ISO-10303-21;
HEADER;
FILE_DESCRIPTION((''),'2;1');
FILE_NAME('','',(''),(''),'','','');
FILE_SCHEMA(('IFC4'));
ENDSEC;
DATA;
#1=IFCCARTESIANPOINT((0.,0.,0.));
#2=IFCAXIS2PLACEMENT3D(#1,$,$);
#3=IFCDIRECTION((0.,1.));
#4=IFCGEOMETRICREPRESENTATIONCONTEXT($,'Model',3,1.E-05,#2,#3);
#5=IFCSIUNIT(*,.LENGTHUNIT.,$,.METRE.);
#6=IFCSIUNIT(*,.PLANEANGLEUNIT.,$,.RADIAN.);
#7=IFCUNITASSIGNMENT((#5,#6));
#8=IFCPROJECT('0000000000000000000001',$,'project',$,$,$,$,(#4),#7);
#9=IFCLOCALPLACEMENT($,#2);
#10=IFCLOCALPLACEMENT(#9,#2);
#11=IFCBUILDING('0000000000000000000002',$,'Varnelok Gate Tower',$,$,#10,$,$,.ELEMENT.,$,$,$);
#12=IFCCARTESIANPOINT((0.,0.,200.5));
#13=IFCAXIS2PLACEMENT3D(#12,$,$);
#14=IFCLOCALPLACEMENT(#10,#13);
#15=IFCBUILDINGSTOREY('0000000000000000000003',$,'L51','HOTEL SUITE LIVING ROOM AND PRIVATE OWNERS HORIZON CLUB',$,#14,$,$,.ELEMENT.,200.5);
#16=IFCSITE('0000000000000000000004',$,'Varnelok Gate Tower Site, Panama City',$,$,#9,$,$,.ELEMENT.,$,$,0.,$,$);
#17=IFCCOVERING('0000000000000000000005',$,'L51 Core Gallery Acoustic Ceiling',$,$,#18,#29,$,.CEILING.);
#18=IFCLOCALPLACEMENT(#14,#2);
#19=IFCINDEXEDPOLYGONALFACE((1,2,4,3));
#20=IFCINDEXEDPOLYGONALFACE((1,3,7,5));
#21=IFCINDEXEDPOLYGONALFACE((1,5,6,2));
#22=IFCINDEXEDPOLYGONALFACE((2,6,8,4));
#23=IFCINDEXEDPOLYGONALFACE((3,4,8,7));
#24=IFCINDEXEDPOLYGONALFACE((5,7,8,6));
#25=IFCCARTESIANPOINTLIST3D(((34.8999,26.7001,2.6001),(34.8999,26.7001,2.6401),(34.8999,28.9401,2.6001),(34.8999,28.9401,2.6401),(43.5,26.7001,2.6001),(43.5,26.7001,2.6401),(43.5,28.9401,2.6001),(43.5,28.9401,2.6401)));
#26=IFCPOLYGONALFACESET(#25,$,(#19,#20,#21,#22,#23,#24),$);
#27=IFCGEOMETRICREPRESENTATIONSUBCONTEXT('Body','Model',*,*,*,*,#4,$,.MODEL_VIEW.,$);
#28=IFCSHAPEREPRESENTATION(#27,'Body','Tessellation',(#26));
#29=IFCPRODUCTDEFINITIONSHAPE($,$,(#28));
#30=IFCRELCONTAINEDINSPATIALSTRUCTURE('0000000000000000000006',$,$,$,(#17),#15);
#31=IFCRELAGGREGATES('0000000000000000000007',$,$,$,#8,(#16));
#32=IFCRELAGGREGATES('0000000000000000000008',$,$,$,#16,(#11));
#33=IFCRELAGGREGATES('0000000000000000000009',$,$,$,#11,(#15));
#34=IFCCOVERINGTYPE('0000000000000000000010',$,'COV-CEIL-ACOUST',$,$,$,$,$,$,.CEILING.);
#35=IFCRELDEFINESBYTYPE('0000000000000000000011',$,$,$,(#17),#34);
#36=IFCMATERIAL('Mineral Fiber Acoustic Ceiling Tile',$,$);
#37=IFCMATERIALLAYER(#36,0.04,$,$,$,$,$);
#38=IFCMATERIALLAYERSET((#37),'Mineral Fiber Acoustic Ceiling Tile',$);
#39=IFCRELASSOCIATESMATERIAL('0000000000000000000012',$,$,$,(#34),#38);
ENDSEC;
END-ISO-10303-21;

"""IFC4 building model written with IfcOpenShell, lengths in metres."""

from ifc_helpers import new_model, si_unit, direction, frame, origin, origin_2d, place, context, subcontext, project, spatial, rectangle, extrude, source, transform, mapped, material, layer, layer_set, type_object, element, save


model = new_model("IFC4")

# Units and contexts
model_context = context("Model", 3, precision=1e-05, world=origin(), true_north=direction((0.0, 1.0)))
body_context = subcontext(model_context, "Body", "Model", "MODEL_VIEW")
ifc_project = project(units=[si_unit("LENGTHUNIT", "METRE"), si_unit("PLANEANGLEUNIT", "RADIAN")], contexts=[model_context])

# Site, building, storey
site_placement = place(None, origin())
site = spatial("IfcSite", under=ifc_project, at=site_placement, Name="Varnelok Gate Tower Site, Panama City", CompositionType="ELEMENT", RefElevation=0.0)
building_placement = place(site_placement, origin())
building = spatial("IfcBuilding", under=site, at=building_placement, Name="Varnelok Gate Tower", CompositionType="ELEMENT")
storey_placement = place(building_placement, frame((0.0, 0.0, 200.5)))
storey = spatial("IfcBuildingStorey", under=building, at=storey_placement, Name="L51", Description="HOTEL SUITE LIVING ROOM AND PRIVATE OWNERS HORIZON CLUB", CompositionType="ELEMENT", Elevation=200.5)

# Covering
ifc_material_1 = material(Name="Mineral Fiber Acoustic Ceiling Tile")
ifc_layer_1 = layer(ifc_material_1, 0.04)
ifc_layer_set_1 = layer_set([ifc_layer_1], Name="Mineral Fiber Acoustic Ceiling Tile")
covering_type_1 = type_object("IfcCoveringType", Name="COV-CEIL-ACOUST", PredefinedType="CEILING", material=ifc_layer_set_1)
shared_shape_1 = source(origin(), body_context, "Body", "SweptSolid", [
    extrude(rectangle(XDim=8.6001, YDim=2.24, at=origin_2d()), origin(), (0.0, 0.0, 1.0), 0.04),
])
covering_1_placement = place(storey_placement, frame((39.2, 27.8201, 2.6001), z_axis=(0.0, 0.0, 1.0), x_axis=(1.0, 0.0, 0.0)))
element("IfcCovering", 1, at=covering_1_placement, inside=storey, type_object=covering_type_1, Name="L51 Core Gallery Acoustic Ceiling", PredefinedType="CEILING", context=body_context, shape_type="MappedRepresentation", body=[
    mapped(shared_shape_1, transform((0.0, 0.0, 0.0), scale=1.0)),
])

save(model, "model.ifc")
